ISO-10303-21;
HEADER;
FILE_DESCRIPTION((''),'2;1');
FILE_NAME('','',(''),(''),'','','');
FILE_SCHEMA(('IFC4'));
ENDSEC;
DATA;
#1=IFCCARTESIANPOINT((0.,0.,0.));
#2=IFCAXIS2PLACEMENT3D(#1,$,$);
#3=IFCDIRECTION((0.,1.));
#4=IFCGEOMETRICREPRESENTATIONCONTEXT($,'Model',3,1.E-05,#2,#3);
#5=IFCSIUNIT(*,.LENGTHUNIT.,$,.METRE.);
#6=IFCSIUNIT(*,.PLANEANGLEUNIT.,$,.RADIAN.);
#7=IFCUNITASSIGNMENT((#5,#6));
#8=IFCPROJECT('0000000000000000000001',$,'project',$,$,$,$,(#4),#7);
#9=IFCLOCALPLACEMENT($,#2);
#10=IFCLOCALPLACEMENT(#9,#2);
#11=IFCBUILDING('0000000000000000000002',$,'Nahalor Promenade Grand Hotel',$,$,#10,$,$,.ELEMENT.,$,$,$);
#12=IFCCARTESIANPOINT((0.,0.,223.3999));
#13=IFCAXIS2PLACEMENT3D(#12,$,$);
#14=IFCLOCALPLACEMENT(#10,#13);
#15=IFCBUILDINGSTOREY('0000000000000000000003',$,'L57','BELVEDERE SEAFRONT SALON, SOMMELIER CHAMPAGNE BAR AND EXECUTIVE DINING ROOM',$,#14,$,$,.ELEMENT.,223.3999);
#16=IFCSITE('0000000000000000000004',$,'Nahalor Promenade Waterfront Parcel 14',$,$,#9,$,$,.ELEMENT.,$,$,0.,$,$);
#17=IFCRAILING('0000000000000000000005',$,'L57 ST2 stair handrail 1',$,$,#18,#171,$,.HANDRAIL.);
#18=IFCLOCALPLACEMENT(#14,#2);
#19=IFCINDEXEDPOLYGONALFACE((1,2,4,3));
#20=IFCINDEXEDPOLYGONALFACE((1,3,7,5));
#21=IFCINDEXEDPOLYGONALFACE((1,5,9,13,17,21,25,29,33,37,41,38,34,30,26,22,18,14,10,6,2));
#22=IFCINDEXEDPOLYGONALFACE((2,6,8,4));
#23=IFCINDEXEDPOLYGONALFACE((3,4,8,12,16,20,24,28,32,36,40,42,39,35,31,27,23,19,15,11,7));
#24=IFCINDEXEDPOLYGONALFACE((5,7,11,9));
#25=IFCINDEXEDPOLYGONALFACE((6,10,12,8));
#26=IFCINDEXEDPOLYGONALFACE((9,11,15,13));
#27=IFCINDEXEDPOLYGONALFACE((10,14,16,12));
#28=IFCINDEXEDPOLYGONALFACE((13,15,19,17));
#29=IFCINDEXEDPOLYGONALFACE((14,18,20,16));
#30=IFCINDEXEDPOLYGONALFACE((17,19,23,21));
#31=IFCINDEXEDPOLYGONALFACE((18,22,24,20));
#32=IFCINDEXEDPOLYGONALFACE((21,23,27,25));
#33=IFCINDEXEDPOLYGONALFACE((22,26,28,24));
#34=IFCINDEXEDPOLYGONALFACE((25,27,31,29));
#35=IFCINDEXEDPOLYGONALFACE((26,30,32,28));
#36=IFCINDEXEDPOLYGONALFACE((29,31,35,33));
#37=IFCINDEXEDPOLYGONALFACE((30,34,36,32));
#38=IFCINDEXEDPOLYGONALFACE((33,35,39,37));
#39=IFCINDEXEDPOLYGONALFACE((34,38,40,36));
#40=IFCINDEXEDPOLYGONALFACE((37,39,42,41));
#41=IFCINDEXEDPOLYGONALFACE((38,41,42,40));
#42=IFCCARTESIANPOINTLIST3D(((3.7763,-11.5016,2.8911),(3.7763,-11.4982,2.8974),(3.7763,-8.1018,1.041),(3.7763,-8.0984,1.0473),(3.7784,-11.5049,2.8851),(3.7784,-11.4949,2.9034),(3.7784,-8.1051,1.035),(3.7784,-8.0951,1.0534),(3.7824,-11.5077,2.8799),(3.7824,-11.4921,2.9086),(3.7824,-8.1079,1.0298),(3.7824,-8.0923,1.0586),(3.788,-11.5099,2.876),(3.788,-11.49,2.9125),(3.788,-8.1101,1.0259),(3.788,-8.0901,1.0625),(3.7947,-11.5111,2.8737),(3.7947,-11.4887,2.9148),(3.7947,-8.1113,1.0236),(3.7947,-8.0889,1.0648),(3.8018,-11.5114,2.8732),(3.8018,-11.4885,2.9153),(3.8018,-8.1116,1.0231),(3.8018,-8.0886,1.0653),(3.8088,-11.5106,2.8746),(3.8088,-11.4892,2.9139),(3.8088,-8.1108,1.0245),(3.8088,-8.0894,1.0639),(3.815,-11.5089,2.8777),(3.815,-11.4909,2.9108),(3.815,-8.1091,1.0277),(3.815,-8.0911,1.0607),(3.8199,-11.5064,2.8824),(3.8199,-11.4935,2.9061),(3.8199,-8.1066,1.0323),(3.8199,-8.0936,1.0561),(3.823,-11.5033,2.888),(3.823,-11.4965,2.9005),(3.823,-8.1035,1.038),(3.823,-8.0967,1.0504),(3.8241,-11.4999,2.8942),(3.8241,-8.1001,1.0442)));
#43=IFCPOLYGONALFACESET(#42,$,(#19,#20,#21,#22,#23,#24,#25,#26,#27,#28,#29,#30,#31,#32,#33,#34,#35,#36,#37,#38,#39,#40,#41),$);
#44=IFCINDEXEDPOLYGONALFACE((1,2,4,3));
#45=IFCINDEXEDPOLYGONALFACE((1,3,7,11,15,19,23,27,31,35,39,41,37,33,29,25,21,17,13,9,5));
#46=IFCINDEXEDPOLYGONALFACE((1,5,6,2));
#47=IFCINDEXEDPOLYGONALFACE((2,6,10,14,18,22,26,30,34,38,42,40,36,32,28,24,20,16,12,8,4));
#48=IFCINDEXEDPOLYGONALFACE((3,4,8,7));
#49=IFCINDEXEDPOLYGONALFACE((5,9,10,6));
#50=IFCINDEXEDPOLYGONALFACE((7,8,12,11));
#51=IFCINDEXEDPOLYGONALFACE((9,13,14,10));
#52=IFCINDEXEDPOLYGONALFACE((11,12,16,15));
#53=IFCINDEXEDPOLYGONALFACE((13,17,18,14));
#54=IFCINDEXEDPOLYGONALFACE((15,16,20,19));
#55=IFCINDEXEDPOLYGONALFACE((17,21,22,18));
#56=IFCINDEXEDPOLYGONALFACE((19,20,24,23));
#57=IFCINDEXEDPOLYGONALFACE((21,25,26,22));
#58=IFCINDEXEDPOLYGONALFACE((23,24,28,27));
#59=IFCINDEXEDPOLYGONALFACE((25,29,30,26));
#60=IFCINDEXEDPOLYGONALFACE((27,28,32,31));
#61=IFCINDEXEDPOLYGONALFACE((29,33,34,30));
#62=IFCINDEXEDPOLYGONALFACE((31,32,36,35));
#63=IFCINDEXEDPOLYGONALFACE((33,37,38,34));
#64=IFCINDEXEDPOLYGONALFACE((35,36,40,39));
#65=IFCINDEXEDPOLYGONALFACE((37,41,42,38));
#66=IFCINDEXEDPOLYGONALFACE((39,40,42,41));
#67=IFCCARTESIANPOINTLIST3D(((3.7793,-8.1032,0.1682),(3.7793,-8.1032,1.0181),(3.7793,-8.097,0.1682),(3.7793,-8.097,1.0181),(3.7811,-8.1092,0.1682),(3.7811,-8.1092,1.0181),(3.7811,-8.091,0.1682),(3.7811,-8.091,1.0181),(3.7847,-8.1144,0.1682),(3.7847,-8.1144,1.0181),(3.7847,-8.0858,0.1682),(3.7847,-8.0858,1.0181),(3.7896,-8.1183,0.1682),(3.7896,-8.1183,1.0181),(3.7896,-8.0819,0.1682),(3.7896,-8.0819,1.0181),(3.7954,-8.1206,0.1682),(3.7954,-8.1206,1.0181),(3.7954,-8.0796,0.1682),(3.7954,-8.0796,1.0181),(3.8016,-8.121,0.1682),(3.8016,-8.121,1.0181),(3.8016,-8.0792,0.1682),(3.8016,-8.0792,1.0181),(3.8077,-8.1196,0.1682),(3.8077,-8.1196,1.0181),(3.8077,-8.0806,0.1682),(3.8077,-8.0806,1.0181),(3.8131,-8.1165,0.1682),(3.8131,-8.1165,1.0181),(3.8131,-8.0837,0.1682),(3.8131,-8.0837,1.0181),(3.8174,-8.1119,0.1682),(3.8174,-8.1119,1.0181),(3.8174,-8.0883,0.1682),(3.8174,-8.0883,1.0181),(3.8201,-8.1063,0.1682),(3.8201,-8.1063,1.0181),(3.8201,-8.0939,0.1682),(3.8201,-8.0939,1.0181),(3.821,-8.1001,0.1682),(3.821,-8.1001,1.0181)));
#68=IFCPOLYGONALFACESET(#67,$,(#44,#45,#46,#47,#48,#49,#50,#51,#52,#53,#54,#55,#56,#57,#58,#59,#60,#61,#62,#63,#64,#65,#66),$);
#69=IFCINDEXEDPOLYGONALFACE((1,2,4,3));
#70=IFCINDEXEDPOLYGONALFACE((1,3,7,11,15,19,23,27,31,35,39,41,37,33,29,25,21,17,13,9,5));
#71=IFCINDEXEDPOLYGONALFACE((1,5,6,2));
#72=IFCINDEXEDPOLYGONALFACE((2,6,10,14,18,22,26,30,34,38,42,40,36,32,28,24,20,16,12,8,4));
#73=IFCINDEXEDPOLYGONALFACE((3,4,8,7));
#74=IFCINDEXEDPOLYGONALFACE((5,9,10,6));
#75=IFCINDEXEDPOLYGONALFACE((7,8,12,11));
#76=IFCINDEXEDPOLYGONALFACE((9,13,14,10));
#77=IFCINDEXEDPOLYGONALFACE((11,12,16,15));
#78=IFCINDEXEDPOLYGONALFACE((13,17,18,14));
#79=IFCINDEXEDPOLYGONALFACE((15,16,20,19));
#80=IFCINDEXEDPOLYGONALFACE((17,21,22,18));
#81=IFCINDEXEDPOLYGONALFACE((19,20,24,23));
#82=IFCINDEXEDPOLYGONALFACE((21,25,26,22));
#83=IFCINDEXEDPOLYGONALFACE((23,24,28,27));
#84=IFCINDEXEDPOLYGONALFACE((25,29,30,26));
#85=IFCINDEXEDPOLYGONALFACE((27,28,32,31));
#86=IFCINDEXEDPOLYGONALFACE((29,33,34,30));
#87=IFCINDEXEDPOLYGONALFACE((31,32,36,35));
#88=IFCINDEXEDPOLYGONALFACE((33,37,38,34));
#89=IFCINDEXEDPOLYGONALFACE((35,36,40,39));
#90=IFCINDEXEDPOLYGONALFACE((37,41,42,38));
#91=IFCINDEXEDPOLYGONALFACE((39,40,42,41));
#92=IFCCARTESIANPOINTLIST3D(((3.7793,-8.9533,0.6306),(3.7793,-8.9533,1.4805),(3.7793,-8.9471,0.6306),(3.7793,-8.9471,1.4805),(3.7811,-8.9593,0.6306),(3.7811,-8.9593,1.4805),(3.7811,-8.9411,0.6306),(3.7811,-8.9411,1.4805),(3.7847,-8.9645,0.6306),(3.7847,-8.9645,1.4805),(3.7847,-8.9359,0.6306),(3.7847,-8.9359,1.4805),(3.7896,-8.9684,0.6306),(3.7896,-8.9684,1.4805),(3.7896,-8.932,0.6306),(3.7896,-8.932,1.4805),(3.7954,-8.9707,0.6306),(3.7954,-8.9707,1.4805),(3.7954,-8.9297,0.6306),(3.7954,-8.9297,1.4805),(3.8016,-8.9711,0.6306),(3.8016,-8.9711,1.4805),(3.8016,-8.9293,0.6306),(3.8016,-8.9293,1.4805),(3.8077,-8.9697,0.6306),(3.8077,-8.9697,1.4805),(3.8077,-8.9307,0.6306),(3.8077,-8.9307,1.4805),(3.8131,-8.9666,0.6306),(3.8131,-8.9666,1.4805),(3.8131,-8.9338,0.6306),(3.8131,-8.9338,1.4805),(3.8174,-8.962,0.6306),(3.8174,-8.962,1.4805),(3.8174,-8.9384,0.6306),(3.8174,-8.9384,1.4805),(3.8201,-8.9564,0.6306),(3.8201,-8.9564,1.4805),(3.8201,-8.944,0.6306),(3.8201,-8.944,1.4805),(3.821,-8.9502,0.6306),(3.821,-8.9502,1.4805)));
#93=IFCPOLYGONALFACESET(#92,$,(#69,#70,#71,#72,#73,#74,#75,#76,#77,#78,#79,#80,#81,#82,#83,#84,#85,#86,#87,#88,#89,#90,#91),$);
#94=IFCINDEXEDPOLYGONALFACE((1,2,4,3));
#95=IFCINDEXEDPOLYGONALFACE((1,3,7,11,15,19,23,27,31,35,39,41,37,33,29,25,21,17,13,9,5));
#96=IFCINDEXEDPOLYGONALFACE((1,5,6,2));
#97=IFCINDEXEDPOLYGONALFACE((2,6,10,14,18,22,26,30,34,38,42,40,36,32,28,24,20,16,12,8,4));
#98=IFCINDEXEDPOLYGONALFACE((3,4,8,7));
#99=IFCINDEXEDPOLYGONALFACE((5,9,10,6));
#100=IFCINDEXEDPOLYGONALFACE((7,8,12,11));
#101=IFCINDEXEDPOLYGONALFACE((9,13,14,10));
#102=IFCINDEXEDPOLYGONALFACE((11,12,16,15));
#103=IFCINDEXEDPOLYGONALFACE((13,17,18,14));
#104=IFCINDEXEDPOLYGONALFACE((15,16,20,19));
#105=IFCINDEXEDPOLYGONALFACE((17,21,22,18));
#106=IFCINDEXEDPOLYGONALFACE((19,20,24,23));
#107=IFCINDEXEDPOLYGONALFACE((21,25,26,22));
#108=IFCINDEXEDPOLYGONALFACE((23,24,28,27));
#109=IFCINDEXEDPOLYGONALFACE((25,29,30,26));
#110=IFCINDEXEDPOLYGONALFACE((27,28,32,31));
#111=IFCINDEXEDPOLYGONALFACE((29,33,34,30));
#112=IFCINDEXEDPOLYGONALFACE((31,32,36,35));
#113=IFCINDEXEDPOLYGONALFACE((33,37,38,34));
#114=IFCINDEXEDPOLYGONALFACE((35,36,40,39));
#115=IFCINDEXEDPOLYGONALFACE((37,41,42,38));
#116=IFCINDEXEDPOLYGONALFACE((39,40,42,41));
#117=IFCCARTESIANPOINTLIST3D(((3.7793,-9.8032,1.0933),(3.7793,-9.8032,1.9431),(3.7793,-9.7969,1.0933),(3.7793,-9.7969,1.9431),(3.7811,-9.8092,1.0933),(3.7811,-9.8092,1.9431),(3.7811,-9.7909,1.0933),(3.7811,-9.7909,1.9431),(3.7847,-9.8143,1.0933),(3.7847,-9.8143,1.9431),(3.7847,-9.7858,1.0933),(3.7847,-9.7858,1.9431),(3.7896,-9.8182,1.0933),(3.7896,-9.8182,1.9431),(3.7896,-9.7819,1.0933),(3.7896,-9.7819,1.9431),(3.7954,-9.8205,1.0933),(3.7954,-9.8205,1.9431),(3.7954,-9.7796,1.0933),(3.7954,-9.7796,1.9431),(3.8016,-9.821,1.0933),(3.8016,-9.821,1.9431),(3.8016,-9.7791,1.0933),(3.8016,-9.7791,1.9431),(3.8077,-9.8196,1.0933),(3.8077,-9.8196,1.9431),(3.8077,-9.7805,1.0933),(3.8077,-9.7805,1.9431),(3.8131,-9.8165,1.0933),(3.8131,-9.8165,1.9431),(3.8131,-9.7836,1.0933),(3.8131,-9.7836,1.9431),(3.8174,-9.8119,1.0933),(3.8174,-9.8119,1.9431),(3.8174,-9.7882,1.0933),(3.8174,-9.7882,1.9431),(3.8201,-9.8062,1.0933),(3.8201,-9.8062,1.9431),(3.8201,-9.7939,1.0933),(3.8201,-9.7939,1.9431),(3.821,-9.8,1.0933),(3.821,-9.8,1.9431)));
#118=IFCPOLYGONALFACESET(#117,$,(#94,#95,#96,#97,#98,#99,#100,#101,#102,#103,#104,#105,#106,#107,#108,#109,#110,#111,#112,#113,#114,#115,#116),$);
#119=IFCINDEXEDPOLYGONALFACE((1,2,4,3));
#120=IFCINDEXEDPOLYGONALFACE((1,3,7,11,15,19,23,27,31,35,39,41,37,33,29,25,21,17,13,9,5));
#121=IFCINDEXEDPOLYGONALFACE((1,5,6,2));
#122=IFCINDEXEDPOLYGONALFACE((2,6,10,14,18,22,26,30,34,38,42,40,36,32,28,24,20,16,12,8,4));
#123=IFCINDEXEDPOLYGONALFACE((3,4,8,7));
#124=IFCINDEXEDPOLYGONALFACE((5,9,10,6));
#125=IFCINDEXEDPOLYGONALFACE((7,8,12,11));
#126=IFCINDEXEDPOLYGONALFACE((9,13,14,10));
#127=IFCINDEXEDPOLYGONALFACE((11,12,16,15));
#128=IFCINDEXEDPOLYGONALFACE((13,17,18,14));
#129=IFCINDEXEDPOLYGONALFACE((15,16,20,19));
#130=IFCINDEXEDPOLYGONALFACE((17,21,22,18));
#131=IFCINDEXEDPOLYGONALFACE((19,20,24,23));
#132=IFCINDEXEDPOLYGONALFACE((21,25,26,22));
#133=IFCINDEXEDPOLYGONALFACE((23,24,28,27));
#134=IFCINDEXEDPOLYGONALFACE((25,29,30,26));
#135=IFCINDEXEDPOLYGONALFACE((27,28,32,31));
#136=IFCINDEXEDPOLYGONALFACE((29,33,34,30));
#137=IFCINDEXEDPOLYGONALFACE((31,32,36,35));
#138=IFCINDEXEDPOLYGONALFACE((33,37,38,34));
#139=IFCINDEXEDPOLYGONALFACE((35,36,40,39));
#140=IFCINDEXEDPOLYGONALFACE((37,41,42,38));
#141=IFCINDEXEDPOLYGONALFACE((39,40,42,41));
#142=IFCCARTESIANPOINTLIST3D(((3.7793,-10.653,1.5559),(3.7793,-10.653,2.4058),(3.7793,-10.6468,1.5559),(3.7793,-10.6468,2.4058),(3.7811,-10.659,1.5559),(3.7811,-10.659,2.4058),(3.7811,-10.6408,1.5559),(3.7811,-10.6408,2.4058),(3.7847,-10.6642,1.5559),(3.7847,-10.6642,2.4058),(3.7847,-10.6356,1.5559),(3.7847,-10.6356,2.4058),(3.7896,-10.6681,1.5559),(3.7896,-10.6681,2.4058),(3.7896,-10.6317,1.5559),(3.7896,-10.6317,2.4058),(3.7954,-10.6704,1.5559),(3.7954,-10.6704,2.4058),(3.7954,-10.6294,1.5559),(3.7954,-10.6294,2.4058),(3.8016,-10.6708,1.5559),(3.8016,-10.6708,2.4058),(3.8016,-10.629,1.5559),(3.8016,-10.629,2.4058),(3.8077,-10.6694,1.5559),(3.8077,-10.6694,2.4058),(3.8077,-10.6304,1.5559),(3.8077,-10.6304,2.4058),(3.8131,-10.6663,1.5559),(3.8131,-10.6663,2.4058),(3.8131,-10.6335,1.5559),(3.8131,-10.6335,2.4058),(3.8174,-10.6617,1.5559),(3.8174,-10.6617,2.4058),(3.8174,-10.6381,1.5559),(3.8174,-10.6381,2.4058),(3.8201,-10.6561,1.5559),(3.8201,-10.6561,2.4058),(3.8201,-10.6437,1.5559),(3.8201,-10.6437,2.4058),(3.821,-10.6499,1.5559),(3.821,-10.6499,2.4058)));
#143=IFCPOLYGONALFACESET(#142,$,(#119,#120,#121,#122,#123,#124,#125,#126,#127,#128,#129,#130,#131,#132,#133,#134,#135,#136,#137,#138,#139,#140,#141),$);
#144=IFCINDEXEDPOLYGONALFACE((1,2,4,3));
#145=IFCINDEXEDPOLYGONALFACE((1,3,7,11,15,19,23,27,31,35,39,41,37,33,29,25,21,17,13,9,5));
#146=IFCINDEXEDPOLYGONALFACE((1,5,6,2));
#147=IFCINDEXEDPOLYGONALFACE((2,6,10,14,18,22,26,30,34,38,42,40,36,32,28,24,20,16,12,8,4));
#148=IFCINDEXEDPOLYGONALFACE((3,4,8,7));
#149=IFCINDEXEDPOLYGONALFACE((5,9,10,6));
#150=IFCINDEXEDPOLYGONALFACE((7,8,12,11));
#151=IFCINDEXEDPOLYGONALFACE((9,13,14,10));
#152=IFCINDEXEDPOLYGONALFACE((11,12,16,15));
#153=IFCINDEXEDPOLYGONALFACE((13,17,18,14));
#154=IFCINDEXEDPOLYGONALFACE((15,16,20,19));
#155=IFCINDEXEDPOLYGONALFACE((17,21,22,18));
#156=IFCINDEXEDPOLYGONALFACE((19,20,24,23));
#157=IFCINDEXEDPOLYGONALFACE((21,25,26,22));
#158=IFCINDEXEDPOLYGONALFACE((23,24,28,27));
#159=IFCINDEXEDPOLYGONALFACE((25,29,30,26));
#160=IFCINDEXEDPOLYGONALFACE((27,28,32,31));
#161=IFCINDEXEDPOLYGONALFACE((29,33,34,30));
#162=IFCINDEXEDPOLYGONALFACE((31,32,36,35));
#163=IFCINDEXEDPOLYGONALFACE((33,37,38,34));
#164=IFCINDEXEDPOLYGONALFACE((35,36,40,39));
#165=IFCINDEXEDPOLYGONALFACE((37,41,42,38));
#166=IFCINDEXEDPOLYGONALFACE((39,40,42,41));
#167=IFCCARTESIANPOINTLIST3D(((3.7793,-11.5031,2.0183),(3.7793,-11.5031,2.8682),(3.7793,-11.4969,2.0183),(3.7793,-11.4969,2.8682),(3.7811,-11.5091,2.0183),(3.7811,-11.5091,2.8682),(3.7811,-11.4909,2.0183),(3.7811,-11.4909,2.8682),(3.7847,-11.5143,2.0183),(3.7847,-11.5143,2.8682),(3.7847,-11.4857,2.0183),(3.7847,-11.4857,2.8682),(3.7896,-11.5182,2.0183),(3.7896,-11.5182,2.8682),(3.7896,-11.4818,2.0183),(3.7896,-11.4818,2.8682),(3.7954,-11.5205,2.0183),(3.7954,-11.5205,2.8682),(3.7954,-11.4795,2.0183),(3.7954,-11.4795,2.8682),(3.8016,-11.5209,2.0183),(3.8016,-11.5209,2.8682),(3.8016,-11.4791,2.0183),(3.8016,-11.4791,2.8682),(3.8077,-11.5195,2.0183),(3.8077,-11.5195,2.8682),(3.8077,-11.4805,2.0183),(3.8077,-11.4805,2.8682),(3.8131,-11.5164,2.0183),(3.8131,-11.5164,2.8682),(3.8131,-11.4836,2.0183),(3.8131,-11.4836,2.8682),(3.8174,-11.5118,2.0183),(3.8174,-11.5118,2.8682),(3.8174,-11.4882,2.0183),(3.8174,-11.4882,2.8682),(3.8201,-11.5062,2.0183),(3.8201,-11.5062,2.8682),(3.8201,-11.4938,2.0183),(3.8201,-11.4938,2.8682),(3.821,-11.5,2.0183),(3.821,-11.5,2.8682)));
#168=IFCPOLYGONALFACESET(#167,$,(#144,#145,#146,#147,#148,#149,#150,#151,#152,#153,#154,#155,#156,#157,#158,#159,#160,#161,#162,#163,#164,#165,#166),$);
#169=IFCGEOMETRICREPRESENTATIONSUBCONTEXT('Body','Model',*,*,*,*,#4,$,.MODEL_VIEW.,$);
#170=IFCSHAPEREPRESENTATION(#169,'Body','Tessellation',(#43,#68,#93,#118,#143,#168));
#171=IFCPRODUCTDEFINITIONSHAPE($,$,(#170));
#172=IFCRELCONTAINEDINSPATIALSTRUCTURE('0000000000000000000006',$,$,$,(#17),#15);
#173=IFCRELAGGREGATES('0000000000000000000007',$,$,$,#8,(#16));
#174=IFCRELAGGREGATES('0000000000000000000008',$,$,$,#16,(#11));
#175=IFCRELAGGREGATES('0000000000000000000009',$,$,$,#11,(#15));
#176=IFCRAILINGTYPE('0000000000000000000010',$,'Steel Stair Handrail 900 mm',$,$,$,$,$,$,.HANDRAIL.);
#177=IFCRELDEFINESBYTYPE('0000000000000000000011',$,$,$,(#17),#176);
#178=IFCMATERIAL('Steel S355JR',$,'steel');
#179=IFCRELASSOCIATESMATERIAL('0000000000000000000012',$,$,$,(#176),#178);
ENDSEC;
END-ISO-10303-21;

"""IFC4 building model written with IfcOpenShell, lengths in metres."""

from ifc_helpers import new_model, si_unit, direction, frame, origin, origin_2d, place, context, subcontext, project, spatial, circle, extrude, material, type_object, element, save


model = new_model("IFC4")

# Units and contexts
model_context = context("Model", 3, precision=1e-05, world=origin(), true_north=direction((0.0, 1.0)))
body_context = subcontext(model_context, "Body", "Model", "MODEL_VIEW")
ifc_project = project(units=[si_unit("LENGTHUNIT", "METRE"), si_unit("PLANEANGLEUNIT", "RADIAN")], contexts=[model_context])

# Site, building, storey
site_placement = place(None, origin())
site = spatial("IfcSite", under=ifc_project, at=site_placement, Name="Nahalor Promenade Waterfront Parcel 14", CompositionType="ELEMENT", RefElevation=0.0)
building_placement = place(site_placement, origin())
building = spatial("IfcBuilding", under=site, at=building_placement, Name="Nahalor Promenade Grand Hotel", CompositionType="ELEMENT")
storey_placement = place(building_placement, frame((0.0, 0.0, 223.3999)))
storey = spatial("IfcBuildingStorey", under=building, at=storey_placement, Name="L57", Description="BELVEDERE SEAFRONT SALON, SOMMELIER CHAMPAGNE BAR AND EXECUTIVE DINING ROOM", CompositionType="ELEMENT", Elevation=223.3999)

# Shared definitions
ifc_material_1 = material(Name="Steel S355JR", Category="steel")

# Railing
railing_type_1 = type_object("IfcRailingType", Name="Steel Stair Handrail 900 mm", PredefinedType="HANDRAIL", material=ifc_material_1)
railing_1_placement = place(storey_placement, frame((3.8, -8.1001, 0.1682)))
element("IfcRailing", 1, at=railing_1_placement, inside=storey, type_object=railing_type_1, Name="L57 ST2 stair handrail 1", PredefinedType="HANDRAIL", context=body_context, shape_type="SweptSolid", body=[
    extrude(circle(Radius=0.024, at=origin_2d()), frame((0.0, 0.0, 0.876), z_axis=(0.0, -0.878372, 0.477977), x_axis=(1.0, 0.0, 0.0)), (0.0, 0.0, 1.0), 3.8706),
    extrude(circle(Radius=0.021, at=origin_2d()), origin(), (0.0, 0.0, 1.0), 0.8499),
    extrude(circle(Radius=0.021, at=origin_2d()), frame((0.0, -0.8501, 0.4624)), (0.0, 0.0, 1.0), 0.8499),
    extrude(circle(Radius=0.021, at=origin_2d()), frame((0.0, -1.7, 0.925)), (0.0, 0.0, 1.0), 0.8499),
    extrude(circle(Radius=0.021, at=origin_2d()), frame((0.0, -2.5498, 1.3877)), (0.0, 0.0, 1.0), 0.8499),
    extrude(circle(Radius=0.021, at=origin_2d()), frame((0.0, -3.3999, 1.8501)), (0.0, 0.0, 1.0), 0.8499),
])

save(model, "model.ifc")
